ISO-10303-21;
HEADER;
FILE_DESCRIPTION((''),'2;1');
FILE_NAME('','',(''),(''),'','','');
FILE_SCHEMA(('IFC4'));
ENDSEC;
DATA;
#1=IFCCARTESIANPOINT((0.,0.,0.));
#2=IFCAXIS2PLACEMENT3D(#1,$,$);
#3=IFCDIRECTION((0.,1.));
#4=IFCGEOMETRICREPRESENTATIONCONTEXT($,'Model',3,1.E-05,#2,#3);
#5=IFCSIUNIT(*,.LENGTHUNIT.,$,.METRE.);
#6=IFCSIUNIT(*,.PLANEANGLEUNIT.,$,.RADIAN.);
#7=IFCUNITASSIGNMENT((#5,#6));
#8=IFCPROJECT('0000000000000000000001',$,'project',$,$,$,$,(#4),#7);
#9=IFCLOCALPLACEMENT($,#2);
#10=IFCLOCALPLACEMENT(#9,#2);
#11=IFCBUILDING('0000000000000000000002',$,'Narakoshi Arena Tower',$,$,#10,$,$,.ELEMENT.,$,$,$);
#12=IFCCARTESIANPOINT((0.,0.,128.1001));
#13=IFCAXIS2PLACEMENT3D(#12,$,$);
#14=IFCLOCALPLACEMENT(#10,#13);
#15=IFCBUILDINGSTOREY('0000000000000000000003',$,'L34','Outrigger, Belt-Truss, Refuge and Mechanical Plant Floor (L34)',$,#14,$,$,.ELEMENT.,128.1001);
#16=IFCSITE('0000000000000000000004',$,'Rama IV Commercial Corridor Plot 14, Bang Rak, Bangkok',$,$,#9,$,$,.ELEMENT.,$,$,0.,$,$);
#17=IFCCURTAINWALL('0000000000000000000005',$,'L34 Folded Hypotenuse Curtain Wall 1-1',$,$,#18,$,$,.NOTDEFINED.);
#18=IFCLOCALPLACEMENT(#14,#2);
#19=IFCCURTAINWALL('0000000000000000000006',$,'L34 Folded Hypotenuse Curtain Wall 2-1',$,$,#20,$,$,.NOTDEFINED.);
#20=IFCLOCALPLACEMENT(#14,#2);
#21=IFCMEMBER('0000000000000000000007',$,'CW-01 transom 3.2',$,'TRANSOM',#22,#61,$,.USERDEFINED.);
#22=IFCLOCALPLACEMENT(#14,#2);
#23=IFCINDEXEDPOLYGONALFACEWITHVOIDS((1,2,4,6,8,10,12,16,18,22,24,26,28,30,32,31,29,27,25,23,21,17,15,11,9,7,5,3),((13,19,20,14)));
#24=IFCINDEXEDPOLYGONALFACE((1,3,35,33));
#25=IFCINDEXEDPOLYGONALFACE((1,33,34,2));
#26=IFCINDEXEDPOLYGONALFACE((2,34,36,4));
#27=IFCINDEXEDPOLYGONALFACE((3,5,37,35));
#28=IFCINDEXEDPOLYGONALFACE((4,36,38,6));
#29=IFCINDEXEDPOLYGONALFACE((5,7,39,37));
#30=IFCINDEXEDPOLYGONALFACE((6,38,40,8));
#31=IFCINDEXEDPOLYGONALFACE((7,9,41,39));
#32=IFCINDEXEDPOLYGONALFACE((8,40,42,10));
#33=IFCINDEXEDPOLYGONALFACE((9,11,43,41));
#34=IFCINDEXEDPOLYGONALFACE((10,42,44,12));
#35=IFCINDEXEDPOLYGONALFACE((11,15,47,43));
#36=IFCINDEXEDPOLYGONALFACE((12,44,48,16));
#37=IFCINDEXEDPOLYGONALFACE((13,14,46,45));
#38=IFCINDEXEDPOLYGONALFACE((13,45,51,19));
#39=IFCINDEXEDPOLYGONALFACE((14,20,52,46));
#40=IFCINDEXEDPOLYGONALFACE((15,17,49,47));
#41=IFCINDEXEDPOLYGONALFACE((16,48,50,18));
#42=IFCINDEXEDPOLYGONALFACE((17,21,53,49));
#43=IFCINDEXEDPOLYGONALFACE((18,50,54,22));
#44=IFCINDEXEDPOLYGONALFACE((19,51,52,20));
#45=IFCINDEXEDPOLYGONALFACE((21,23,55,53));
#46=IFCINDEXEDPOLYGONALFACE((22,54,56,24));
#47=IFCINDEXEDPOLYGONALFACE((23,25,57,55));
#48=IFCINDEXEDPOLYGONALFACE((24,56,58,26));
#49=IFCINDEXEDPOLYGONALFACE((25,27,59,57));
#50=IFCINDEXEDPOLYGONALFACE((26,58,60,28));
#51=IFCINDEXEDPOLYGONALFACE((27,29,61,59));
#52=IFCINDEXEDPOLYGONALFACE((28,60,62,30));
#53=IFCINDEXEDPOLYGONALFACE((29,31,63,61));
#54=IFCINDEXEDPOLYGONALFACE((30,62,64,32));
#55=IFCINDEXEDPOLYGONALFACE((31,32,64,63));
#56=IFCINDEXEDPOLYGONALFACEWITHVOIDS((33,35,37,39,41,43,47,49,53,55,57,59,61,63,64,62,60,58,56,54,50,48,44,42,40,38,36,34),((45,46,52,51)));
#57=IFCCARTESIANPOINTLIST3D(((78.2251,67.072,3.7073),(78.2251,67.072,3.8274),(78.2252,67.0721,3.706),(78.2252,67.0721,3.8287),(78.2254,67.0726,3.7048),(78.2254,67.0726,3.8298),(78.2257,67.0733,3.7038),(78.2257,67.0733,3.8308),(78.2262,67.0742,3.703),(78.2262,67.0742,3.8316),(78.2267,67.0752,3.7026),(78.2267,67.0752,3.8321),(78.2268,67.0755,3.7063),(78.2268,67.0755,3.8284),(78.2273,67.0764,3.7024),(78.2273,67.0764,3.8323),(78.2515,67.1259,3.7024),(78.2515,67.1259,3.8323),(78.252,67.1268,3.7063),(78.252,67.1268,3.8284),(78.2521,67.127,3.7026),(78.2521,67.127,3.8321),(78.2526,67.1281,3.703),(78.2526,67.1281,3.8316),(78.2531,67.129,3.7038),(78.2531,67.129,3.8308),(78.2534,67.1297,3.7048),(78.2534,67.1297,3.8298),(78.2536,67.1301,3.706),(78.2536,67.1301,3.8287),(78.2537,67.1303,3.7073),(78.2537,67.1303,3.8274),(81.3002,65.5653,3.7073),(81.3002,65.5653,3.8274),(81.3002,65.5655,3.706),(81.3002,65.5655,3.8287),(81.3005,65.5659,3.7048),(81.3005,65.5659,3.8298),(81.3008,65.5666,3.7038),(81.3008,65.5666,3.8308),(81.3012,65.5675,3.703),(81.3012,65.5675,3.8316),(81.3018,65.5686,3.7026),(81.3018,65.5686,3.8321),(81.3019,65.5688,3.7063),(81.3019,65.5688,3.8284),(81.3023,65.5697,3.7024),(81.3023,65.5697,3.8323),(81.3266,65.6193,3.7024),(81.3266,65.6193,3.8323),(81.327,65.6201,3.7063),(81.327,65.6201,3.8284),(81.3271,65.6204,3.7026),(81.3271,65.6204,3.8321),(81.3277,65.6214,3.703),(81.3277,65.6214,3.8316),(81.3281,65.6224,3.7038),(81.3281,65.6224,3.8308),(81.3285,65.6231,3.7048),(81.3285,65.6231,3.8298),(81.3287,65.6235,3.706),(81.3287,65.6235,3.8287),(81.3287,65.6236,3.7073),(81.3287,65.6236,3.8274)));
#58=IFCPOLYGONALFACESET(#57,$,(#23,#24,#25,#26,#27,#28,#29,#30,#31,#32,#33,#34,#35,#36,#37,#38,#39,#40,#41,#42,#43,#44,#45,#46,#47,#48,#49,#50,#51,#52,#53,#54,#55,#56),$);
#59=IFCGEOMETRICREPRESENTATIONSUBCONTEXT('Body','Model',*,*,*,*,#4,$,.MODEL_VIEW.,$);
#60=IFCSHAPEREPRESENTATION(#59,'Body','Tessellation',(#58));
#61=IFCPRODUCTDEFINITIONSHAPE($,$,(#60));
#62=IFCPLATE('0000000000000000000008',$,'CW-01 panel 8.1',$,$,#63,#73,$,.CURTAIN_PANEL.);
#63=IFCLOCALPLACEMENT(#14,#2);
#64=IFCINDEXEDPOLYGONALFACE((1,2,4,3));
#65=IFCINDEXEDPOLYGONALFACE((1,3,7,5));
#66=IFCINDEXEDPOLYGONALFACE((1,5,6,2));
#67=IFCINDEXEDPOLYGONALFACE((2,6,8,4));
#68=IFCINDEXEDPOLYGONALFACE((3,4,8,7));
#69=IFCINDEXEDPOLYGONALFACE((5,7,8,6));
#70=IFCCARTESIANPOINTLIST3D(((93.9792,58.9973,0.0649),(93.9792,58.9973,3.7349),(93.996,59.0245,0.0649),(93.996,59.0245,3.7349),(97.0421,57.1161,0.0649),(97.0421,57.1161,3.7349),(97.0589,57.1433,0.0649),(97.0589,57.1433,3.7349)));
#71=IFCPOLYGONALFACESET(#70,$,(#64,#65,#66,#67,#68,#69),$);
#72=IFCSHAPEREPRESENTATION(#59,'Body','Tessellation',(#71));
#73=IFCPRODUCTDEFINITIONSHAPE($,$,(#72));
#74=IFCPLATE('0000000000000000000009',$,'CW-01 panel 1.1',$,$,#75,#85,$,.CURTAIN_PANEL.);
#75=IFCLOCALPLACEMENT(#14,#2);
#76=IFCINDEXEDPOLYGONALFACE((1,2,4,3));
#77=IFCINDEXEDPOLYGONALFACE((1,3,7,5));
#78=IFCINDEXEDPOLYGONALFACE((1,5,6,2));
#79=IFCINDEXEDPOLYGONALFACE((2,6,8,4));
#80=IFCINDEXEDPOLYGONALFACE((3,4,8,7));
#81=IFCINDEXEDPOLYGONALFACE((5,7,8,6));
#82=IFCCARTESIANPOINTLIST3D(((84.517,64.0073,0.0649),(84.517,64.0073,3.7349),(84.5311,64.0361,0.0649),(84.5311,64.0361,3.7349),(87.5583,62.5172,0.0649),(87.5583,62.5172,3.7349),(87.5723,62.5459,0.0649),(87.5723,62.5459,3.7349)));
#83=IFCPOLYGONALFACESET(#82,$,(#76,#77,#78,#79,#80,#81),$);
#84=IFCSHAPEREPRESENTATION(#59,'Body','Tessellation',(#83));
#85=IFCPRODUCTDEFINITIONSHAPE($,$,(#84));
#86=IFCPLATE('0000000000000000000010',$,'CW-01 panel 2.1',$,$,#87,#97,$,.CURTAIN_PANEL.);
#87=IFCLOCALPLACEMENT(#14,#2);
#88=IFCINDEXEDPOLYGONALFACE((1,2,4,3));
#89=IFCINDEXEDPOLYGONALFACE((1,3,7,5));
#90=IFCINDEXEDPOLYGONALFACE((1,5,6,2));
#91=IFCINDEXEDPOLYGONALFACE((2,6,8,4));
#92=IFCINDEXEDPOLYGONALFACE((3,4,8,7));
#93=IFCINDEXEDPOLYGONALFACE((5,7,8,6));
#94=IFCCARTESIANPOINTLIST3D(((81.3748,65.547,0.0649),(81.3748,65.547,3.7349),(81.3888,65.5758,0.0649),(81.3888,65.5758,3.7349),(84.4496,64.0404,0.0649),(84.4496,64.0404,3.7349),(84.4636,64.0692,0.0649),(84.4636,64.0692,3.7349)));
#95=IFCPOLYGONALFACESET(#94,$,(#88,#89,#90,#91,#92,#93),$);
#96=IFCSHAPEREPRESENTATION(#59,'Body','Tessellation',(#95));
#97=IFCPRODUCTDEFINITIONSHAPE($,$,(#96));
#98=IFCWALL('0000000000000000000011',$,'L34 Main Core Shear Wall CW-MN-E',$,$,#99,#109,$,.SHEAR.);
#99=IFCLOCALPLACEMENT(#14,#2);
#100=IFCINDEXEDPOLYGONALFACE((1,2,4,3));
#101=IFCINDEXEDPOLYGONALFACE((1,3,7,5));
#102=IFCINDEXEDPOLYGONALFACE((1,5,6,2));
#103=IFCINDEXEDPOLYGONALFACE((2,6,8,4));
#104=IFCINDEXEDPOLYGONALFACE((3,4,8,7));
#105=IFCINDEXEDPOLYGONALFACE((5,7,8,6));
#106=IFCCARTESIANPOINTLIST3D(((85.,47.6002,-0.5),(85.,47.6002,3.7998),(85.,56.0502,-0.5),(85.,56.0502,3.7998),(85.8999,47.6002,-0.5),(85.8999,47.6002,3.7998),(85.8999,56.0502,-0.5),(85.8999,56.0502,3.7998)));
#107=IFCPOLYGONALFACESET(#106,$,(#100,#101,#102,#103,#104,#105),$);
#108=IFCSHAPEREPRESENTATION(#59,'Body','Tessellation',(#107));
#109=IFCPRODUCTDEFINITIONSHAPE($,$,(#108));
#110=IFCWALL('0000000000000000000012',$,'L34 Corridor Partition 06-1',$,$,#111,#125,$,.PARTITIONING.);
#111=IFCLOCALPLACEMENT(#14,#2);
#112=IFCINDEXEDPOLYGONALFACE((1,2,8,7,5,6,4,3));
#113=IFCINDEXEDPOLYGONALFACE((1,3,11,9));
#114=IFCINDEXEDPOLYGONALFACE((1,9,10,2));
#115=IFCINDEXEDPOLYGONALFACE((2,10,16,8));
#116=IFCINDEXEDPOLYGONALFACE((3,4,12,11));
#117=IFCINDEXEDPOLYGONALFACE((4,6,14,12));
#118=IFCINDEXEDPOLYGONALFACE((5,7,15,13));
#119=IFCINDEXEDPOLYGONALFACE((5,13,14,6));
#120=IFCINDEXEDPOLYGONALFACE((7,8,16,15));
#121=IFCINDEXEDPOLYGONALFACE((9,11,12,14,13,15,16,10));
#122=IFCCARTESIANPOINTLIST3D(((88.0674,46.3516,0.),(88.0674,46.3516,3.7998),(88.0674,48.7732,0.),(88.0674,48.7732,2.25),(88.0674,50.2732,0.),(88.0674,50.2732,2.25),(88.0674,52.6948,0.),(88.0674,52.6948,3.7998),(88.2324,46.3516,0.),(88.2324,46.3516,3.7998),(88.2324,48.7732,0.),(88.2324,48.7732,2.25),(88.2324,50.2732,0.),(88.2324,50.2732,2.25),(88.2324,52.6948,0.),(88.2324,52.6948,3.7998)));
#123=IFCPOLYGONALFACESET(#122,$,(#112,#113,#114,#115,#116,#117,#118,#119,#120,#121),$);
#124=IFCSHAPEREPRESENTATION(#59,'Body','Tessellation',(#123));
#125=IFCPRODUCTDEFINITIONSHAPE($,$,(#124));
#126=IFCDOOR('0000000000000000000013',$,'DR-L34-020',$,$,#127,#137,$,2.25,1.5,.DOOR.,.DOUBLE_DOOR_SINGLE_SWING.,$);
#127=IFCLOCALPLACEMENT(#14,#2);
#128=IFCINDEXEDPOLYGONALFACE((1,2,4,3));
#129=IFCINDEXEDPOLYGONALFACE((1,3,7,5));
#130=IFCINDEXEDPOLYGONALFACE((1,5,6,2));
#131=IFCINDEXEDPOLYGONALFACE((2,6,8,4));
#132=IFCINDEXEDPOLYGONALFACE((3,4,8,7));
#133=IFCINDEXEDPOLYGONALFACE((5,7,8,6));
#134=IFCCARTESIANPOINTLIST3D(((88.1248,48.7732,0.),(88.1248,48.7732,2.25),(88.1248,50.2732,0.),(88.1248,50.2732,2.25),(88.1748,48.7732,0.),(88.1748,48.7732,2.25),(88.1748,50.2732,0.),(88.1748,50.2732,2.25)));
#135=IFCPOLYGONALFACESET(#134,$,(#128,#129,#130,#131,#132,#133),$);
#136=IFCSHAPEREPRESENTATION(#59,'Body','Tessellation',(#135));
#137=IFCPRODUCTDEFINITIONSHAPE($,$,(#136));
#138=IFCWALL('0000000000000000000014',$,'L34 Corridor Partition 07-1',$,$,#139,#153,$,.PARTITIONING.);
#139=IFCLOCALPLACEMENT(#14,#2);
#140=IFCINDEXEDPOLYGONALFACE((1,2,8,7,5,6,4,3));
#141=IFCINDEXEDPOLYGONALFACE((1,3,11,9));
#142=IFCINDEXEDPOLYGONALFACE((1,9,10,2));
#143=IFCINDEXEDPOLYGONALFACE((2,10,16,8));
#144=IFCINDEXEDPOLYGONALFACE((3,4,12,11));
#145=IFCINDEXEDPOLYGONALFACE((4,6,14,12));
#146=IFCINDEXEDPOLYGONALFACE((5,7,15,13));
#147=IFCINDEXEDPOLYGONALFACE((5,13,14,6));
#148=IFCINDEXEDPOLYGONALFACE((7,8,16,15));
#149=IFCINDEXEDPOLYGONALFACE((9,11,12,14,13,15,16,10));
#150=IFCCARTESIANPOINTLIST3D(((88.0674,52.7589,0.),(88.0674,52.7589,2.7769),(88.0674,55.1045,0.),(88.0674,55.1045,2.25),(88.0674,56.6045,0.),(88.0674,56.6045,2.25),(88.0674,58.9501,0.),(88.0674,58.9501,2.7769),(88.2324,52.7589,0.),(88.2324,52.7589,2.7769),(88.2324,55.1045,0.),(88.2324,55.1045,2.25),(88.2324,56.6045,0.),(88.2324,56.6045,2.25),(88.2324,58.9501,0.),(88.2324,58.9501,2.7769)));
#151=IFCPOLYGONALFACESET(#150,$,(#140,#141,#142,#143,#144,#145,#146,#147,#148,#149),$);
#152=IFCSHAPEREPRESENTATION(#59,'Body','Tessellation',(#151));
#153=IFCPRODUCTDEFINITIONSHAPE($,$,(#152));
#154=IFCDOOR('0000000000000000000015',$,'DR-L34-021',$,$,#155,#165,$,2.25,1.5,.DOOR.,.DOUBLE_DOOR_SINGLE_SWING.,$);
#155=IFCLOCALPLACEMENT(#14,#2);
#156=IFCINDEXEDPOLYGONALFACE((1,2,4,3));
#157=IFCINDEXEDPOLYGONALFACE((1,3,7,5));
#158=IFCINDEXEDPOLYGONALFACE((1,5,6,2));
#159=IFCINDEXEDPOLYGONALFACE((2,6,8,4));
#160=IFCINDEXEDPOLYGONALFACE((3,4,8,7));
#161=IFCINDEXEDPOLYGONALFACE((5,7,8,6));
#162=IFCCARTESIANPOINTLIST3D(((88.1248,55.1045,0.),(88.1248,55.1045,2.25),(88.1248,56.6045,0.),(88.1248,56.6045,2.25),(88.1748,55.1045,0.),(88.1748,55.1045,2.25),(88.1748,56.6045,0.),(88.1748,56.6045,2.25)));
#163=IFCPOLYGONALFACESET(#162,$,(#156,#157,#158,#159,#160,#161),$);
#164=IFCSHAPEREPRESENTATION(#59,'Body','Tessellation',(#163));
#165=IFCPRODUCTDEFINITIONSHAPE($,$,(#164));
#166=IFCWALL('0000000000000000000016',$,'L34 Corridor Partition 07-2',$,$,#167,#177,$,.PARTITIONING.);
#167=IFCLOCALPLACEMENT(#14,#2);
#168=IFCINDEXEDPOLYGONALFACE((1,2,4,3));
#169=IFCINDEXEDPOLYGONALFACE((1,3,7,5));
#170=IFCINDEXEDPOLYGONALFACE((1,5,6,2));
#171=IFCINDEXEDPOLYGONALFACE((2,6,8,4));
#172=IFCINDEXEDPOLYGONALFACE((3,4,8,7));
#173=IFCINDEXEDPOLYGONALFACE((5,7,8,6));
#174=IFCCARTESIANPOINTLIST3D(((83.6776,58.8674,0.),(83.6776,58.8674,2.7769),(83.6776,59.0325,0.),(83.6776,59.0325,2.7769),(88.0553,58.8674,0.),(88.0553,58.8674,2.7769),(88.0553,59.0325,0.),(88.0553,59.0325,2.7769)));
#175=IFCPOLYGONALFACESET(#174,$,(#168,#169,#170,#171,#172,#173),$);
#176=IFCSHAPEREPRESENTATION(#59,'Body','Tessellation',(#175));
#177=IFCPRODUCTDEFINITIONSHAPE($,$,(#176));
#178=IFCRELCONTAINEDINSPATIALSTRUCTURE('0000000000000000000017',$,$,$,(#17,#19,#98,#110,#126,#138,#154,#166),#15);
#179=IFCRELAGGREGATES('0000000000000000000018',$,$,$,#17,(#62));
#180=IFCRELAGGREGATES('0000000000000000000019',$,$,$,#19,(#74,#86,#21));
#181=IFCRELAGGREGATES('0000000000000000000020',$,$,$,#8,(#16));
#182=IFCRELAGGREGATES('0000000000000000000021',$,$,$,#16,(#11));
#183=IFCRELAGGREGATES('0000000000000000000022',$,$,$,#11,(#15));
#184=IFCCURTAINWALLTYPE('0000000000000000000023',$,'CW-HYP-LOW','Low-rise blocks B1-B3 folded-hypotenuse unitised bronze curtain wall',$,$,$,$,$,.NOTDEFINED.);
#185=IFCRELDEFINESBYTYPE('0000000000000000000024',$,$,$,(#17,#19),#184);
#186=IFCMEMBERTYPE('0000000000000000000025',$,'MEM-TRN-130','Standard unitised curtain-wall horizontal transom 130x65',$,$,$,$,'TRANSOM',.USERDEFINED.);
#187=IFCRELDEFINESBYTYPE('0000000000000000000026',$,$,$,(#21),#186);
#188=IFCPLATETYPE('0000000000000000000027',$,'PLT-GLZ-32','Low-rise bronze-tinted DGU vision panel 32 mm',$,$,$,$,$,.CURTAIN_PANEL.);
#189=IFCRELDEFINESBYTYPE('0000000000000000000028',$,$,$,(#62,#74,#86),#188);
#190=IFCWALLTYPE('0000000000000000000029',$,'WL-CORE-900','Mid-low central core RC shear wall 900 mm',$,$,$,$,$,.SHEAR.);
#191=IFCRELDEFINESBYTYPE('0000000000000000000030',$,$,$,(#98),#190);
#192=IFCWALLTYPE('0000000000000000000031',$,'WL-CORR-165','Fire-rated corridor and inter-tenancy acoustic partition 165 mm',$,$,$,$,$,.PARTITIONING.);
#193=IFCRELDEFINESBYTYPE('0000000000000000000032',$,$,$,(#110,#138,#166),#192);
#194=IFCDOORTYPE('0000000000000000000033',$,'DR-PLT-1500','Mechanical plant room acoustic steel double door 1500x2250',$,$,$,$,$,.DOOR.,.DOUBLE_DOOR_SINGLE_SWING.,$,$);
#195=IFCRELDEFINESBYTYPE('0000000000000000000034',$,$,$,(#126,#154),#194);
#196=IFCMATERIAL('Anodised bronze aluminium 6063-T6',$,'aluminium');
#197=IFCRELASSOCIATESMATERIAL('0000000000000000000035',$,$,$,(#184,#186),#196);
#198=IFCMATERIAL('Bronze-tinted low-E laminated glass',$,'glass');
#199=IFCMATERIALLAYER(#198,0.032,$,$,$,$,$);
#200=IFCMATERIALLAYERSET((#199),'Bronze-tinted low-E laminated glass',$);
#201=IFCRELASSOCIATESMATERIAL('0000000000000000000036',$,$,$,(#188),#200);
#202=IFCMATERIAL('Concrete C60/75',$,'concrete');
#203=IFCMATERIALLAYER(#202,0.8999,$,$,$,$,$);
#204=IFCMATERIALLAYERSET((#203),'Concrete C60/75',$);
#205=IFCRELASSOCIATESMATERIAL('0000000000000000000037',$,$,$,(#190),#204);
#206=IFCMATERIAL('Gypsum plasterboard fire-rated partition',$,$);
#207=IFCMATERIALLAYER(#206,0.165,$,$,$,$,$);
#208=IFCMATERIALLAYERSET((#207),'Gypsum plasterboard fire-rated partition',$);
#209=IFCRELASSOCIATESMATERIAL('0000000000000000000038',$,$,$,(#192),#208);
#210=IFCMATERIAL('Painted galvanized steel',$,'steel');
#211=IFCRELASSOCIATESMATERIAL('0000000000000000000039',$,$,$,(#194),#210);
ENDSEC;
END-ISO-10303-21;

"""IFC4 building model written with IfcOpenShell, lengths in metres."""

from ifc_helpers import new_model, si_unit, direction, frame, frame_2d, origin, origin_2d, place, context, subcontext, project, spatial, rectangle, hollow_rectangle, extrude, material, layer, layer_set, material_profile, profile_set, type_object, element, fill, aggregate, save


model = new_model("IFC4")

# Units and contexts
model_context = context("Model", 3, precision=1e-05, world=origin(), true_north=direction((0.0, 1.0)))
body_context = subcontext(model_context, "Body", "Model", "MODEL_VIEW")
ifc_project = project(units=[si_unit("LENGTHUNIT", "METRE"), si_unit("PLANEANGLEUNIT", "RADIAN")], contexts=[model_context])

# Site, building, storey
site_placement = place(None, origin())
site = spatial("IfcSite", under=ifc_project, at=site_placement, Name="Rama IV Commercial Corridor Plot 14, Bang Rak, Bangkok", CompositionType="ELEMENT", RefElevation=0.0)
building_placement = place(site_placement, origin())
building = spatial("IfcBuilding", under=site, at=building_placement, Name="Narakoshi Arena Tower", CompositionType="ELEMENT")
storey_placement = place(building_placement, frame((0.0, 0.0, 128.1001)))
storey = spatial("IfcBuildingStorey", under=building, at=storey_placement, Name="L34", Description="Outrigger, Belt-Truss, Refuge and Mechanical Plant Floor (L34)", CompositionType="ELEMENT", Elevation=128.1001)

# Shared definitions
ifc_material_1 = material(Name="Concrete C60/75", Category="concrete")

# Curtain wall
ifc_material_2 = material(Name="Anodised bronze aluminium 6063-T6", Category="aluminium")
curtain_wall_type = type_object("IfcCurtainWallType", Name="CW-HYP-LOW", Description="Low-rise blocks B1-B3 folded-hypotenuse unitised bronze curtain wall", PredefinedType="NOTDEFINED", material=ifc_material_2)
curtain_wall_1_placement = place(storey_placement, origin())
curtain_wall_1 = element("IfcCurtainWall", 1, at=curtain_wall_1_placement, inside=storey, type_object=curtain_wall_type, Name="L34 Folded Hypotenuse Curtain Wall 1-1", PredefinedType="NOTDEFINED")

# Curtain wall, member
curtain_wall_2_placement = place(storey_placement, origin())
curtain_wall_2 = element("IfcCurtainWall", 2, at=curtain_wall_2_placement, inside=storey, type_object=curtain_wall_type, Name="L34 Folded Hypotenuse Curtain Wall 2-1", PredefinedType="NOTDEFINED")
ifc_material_profile_1 = material_profile(ifc_material_2, hollow_rectangle(XDim=0.0649, YDim=0.1299, WallThickness=0.0039, OuterFilletRadius=0.0049, at=origin_2d()), Name="TRN130x65x4")
ifc_profile_set_1 = profile_set([ifc_material_profile_1], Name="Anodised bronze aluminium 6063-T6")
member_type_1 = type_object("IfcMemberType", Name="MEM-TRN-130", Description="Standard unitised curtain-wall horizontal transom 130x65", ElementType="TRANSOM", PredefinedType="USERDEFINED", material=ifc_profile_set_1)
member_1_placement = place(storey_placement, frame((81.3145, 65.5945, 3.7673), z_axis=(-0.898006, 0.439984, 0.0), x_axis=(-0.439984, -0.898006, 0.0)))
member_1 = element("IfcMember", 3, at=member_1_placement, type_object=member_type_1, Name="CW-01 transom 3.2", ObjectType="TRANSOM", PredefinedType="USERDEFINED", context=body_context, shape_type="SweptSolid", body=[
    extrude(hollow_rectangle(XDim=0.0649, YDim=0.1299, WallThickness=0.0039, OuterFilletRadius=0.0049, at=origin_2d()), origin(), (0.0, 0.0, 1.0), 3.4243),
])

# Plates
ifc_material_3 = material(Name="Bronze-tinted low-E laminated glass", Category="glass")
ifc_layer_1 = layer(ifc_material_3, 0.032)
ifc_layer_set_1 = layer_set([ifc_layer_1], Name="Bronze-tinted low-E laminated glass")
plate_type = type_object("IfcPlateType", Name="PLT-GLZ-32", Description="Low-rise bronze-tinted DGU vision panel 32 mm", PredefinedType="CURTAIN_PANEL", material=ifc_layer_set_1)
plate_1_placement = place(storey_placement, frame((95.519, 58.0703, 0.0649), z_axis=(0.0, 0.0, 1.0), x_axis=(-0.852113, 0.523358, 0.0)))
plate_1 = element("IfcPlate", 4, at=plate_1_placement, type_object=plate_type, Name="CW-01 panel 8.1", PredefinedType="CURTAIN_PANEL", context=body_context, shape_type="SweptSolid", body=[
    extrude(rectangle(XDim=3.5945, YDim=0.032, at=origin_2d()), origin(), (0.0, 0.0, 1.0), 3.6699),
])
aggregate(curtain_wall_1, [plate_1])
plate_2_placement = place(storey_placement, frame((86.0447, 63.2766, 0.0649), z_axis=(0.0, 0.0, 1.0), x_axis=(-0.897996, 0.440004, 0.0)))
plate_2 = element("IfcPlate", 5, at=plate_2_placement, type_object=plate_type, Name="CW-01 panel 1.1", PredefinedType="CURTAIN_PANEL", context=body_context, shape_type="SweptSolid", body=[
    extrude(rectangle(XDim=3.3867, YDim=0.032, at=origin_2d()), origin(), (0.0, 0.0, 1.0), 3.6699),
])
plate_3_placement = place(storey_placement, frame((82.9192, 64.8081, 0.0649), z_axis=(0.0, 0.0, 1.0), x_axis=(-0.897996, 0.440004, 0.0)))
plate_3 = element("IfcPlate", 6, at=plate_3_placement, type_object=plate_type, Name="CW-01 panel 2.1", PredefinedType="CURTAIN_PANEL", context=body_context, shape_type="SweptSolid", body=[
    extrude(rectangle(XDim=3.4241, YDim=0.032, at=origin_2d()), origin(), (0.0, 0.0, 1.0), 3.6699),
])
aggregate(curtain_wall_2, [plate_2, plate_3, member_1])

# Wall
ifc_layer_2 = layer(ifc_material_1, 0.8999)
ifc_layer_set_2 = layer_set([ifc_layer_2], Name="Concrete C60/75")
wall_type_1 = type_object("IfcWallType", Name="WL-CORE-900", Description="Mid-low central core RC shear wall 900 mm", PredefinedType="SHEAR", material=ifc_layer_set_2)
wall_1_placement = place(storey_placement, frame((85.45, 47.6001, -0.5), z_axis=(0.0, 0.0, 1.0), x_axis=(0.0, 1.0, 0.0)))
element("IfcWall", 7, at=wall_1_placement, inside=storey, type_object=wall_type_1, Name="L34 Main Core Shear Wall CW-MN-E", PredefinedType="SHEAR", context=body_context, shape_type="SweptSolid", body=[
    extrude(rectangle(XDim=8.45, YDim=0.8999, at=frame_2d((4.2251, 0.0))), origin(), (0.0, 0.0, 1.0), 4.2998),
])

# Walls, openings, doors
ifc_material_4 = material(Name="Gypsum plasterboard fire-rated partition")
ifc_layer_3 = layer(ifc_material_4, 0.165)
ifc_layer_set_3 = layer_set([ifc_layer_3], Name="Gypsum plasterboard fire-rated partition")
wall_type_2 = type_object("IfcWallType", Name="WL-CORR-165", Description="Fire-rated corridor and inter-tenancy acoustic partition 165 mm", PredefinedType="PARTITIONING", material=ifc_layer_set_3)
wall_2_placement = place(storey_placement, frame((88.1499, 46.3516, 0.0), z_axis=(0.0, 0.0, 1.0), x_axis=(0.0, 1.0, 0.0)))
wall_2 = element("IfcWall", 8, at=wall_2_placement, inside=storey, type_object=wall_type_2, Name="L34 Corridor Partition 06-1", PredefinedType="PARTITIONING", context=body_context, shape_type="SweptSolid", body=[
    extrude(rectangle(XDim=6.3433, YDim=0.165, at=frame_2d((3.1716, 0.0))), origin(), (0.0, 0.0, 1.0), 3.7998),
])
opening_1_placement = place(wall_2_placement, frame((2.4216, 0.0, 0.0)))
opening_1 = element("IfcOpeningElement", 9, at=opening_1_placement, cuts=wall_2, PredefinedType="OPENING", context=body_context, shape_type="SweptSolid", body=[
    extrude(rectangle(XDim=1.5, YDim=2.25, at=frame_2d((0.75, 1.125))), frame((0.0, 0.0925, 0.0), z_axis=(0.0, -1.0, 0.0), x_axis=(1.0, 0.0, 0.0)), (0.0, 0.0, 1.0), 0.1851),
])
ifc_material_5 = material(Name="Painted galvanized steel", Category="steel")
door_type = type_object("IfcDoorType", Name="DR-PLT-1500", Description="Mechanical plant room acoustic steel double door 1500x2250", OperationType="DOUBLE_DOOR_SINGLE_SWING", PredefinedType="DOOR", material=ifc_material_5)
door_1_placement = place(opening_1_placement, frame((1.5, 0.0, 0.0), z_axis=(0.0, 0.0, 1.0), x_axis=(-1.0, 0.0, 0.0)))
door_1 = element("IfcDoor", 10, at=door_1_placement, inside=storey, type_object=door_type, Name="DR-L34-020", OperationType="DOUBLE_DOOR_SINGLE_SWING", OverallHeight=2.25, OverallWidth=1.5, PredefinedType="DOOR", context=body_context, shape_type="SweptSolid", body=[
    extrude(rectangle(XDim=1.5, YDim=2.25, at=frame_2d((0.75, 1.125))), frame((0.0, 0.0249, 0.0), z_axis=(0.0, -1.0, 0.0), x_axis=(1.0, 0.0, 0.0)), (0.0, 0.0, 1.0), 0.05),
])
fill(opening_1, door_1)
wall_3_placement = place(storey_placement, frame((88.1499, 52.7588, 0.0), z_axis=(0.0, 0.0, 1.0), x_axis=(0.0, 1.0, 0.0)))
wall_3 = element("IfcWall", 11, at=wall_3_placement, inside=storey, type_object=wall_type_2, Name="L34 Corridor Partition 07-1", PredefinedType="PARTITIONING", context=body_context, shape_type="SweptSolid", body=[
    extrude(rectangle(XDim=6.1912, YDim=0.165, at=frame_2d((3.0957, 0.0))), origin(), (0.0, 0.0, 1.0), 2.7769),
])
opening_2_placement = place(wall_3_placement, frame((2.3457, 0.0, 0.0)))
opening_2 = element("IfcOpeningElement", 12, at=opening_2_placement, cuts=wall_3, PredefinedType="OPENING", context=body_context, shape_type="SweptSolid", body=[
    extrude(rectangle(XDim=1.5, YDim=2.25, at=frame_2d((0.75, 1.125))), frame((0.0, 0.0925, 0.0), z_axis=(0.0, -1.0, 0.0), x_axis=(1.0, 0.0, 0.0)), (0.0, 0.0, 1.0), 0.1851),
])
door_2_placement = place(opening_2_placement, frame((1.5, 0.0, 0.0), z_axis=(0.0, 0.0, 1.0), x_axis=(-1.0, 0.0, 0.0)))
door_2 = element("IfcDoor", 13, at=door_2_placement, inside=storey, type_object=door_type, Name="DR-L34-021", OperationType="DOUBLE_DOOR_SINGLE_SWING", OverallHeight=2.25, OverallWidth=1.5, PredefinedType="DOOR", context=body_context, shape_type="SweptSolid", body=[
    extrude(rectangle(XDim=1.5, YDim=2.25, at=frame_2d((0.75, 1.125))), frame((0.0, 0.0249, 0.0), z_axis=(0.0, -1.0, 0.0), x_axis=(1.0, 0.0, 0.0)), (0.0, 0.0, 1.0), 0.05),
])
fill(opening_2, door_2)

# Wall
wall_4_placement = place(storey_placement, frame((88.0554, 58.95, 0.0), z_axis=(0.0, 0.0, 1.0), x_axis=(-1.0, 0.0, 0.0)))
element("IfcWall", 14, at=wall_4_placement, inside=storey, type_object=wall_type_2, Name="L34 Corridor Partition 07-2", PredefinedType="PARTITIONING", context=body_context, shape_type="SweptSolid", body=[
    extrude(rectangle(XDim=4.3777, YDim=0.165, at=frame_2d((2.189, 0.0))), origin(), (0.0, 0.0, 1.0), 2.7769),
])

save(model, "model.ifc")
